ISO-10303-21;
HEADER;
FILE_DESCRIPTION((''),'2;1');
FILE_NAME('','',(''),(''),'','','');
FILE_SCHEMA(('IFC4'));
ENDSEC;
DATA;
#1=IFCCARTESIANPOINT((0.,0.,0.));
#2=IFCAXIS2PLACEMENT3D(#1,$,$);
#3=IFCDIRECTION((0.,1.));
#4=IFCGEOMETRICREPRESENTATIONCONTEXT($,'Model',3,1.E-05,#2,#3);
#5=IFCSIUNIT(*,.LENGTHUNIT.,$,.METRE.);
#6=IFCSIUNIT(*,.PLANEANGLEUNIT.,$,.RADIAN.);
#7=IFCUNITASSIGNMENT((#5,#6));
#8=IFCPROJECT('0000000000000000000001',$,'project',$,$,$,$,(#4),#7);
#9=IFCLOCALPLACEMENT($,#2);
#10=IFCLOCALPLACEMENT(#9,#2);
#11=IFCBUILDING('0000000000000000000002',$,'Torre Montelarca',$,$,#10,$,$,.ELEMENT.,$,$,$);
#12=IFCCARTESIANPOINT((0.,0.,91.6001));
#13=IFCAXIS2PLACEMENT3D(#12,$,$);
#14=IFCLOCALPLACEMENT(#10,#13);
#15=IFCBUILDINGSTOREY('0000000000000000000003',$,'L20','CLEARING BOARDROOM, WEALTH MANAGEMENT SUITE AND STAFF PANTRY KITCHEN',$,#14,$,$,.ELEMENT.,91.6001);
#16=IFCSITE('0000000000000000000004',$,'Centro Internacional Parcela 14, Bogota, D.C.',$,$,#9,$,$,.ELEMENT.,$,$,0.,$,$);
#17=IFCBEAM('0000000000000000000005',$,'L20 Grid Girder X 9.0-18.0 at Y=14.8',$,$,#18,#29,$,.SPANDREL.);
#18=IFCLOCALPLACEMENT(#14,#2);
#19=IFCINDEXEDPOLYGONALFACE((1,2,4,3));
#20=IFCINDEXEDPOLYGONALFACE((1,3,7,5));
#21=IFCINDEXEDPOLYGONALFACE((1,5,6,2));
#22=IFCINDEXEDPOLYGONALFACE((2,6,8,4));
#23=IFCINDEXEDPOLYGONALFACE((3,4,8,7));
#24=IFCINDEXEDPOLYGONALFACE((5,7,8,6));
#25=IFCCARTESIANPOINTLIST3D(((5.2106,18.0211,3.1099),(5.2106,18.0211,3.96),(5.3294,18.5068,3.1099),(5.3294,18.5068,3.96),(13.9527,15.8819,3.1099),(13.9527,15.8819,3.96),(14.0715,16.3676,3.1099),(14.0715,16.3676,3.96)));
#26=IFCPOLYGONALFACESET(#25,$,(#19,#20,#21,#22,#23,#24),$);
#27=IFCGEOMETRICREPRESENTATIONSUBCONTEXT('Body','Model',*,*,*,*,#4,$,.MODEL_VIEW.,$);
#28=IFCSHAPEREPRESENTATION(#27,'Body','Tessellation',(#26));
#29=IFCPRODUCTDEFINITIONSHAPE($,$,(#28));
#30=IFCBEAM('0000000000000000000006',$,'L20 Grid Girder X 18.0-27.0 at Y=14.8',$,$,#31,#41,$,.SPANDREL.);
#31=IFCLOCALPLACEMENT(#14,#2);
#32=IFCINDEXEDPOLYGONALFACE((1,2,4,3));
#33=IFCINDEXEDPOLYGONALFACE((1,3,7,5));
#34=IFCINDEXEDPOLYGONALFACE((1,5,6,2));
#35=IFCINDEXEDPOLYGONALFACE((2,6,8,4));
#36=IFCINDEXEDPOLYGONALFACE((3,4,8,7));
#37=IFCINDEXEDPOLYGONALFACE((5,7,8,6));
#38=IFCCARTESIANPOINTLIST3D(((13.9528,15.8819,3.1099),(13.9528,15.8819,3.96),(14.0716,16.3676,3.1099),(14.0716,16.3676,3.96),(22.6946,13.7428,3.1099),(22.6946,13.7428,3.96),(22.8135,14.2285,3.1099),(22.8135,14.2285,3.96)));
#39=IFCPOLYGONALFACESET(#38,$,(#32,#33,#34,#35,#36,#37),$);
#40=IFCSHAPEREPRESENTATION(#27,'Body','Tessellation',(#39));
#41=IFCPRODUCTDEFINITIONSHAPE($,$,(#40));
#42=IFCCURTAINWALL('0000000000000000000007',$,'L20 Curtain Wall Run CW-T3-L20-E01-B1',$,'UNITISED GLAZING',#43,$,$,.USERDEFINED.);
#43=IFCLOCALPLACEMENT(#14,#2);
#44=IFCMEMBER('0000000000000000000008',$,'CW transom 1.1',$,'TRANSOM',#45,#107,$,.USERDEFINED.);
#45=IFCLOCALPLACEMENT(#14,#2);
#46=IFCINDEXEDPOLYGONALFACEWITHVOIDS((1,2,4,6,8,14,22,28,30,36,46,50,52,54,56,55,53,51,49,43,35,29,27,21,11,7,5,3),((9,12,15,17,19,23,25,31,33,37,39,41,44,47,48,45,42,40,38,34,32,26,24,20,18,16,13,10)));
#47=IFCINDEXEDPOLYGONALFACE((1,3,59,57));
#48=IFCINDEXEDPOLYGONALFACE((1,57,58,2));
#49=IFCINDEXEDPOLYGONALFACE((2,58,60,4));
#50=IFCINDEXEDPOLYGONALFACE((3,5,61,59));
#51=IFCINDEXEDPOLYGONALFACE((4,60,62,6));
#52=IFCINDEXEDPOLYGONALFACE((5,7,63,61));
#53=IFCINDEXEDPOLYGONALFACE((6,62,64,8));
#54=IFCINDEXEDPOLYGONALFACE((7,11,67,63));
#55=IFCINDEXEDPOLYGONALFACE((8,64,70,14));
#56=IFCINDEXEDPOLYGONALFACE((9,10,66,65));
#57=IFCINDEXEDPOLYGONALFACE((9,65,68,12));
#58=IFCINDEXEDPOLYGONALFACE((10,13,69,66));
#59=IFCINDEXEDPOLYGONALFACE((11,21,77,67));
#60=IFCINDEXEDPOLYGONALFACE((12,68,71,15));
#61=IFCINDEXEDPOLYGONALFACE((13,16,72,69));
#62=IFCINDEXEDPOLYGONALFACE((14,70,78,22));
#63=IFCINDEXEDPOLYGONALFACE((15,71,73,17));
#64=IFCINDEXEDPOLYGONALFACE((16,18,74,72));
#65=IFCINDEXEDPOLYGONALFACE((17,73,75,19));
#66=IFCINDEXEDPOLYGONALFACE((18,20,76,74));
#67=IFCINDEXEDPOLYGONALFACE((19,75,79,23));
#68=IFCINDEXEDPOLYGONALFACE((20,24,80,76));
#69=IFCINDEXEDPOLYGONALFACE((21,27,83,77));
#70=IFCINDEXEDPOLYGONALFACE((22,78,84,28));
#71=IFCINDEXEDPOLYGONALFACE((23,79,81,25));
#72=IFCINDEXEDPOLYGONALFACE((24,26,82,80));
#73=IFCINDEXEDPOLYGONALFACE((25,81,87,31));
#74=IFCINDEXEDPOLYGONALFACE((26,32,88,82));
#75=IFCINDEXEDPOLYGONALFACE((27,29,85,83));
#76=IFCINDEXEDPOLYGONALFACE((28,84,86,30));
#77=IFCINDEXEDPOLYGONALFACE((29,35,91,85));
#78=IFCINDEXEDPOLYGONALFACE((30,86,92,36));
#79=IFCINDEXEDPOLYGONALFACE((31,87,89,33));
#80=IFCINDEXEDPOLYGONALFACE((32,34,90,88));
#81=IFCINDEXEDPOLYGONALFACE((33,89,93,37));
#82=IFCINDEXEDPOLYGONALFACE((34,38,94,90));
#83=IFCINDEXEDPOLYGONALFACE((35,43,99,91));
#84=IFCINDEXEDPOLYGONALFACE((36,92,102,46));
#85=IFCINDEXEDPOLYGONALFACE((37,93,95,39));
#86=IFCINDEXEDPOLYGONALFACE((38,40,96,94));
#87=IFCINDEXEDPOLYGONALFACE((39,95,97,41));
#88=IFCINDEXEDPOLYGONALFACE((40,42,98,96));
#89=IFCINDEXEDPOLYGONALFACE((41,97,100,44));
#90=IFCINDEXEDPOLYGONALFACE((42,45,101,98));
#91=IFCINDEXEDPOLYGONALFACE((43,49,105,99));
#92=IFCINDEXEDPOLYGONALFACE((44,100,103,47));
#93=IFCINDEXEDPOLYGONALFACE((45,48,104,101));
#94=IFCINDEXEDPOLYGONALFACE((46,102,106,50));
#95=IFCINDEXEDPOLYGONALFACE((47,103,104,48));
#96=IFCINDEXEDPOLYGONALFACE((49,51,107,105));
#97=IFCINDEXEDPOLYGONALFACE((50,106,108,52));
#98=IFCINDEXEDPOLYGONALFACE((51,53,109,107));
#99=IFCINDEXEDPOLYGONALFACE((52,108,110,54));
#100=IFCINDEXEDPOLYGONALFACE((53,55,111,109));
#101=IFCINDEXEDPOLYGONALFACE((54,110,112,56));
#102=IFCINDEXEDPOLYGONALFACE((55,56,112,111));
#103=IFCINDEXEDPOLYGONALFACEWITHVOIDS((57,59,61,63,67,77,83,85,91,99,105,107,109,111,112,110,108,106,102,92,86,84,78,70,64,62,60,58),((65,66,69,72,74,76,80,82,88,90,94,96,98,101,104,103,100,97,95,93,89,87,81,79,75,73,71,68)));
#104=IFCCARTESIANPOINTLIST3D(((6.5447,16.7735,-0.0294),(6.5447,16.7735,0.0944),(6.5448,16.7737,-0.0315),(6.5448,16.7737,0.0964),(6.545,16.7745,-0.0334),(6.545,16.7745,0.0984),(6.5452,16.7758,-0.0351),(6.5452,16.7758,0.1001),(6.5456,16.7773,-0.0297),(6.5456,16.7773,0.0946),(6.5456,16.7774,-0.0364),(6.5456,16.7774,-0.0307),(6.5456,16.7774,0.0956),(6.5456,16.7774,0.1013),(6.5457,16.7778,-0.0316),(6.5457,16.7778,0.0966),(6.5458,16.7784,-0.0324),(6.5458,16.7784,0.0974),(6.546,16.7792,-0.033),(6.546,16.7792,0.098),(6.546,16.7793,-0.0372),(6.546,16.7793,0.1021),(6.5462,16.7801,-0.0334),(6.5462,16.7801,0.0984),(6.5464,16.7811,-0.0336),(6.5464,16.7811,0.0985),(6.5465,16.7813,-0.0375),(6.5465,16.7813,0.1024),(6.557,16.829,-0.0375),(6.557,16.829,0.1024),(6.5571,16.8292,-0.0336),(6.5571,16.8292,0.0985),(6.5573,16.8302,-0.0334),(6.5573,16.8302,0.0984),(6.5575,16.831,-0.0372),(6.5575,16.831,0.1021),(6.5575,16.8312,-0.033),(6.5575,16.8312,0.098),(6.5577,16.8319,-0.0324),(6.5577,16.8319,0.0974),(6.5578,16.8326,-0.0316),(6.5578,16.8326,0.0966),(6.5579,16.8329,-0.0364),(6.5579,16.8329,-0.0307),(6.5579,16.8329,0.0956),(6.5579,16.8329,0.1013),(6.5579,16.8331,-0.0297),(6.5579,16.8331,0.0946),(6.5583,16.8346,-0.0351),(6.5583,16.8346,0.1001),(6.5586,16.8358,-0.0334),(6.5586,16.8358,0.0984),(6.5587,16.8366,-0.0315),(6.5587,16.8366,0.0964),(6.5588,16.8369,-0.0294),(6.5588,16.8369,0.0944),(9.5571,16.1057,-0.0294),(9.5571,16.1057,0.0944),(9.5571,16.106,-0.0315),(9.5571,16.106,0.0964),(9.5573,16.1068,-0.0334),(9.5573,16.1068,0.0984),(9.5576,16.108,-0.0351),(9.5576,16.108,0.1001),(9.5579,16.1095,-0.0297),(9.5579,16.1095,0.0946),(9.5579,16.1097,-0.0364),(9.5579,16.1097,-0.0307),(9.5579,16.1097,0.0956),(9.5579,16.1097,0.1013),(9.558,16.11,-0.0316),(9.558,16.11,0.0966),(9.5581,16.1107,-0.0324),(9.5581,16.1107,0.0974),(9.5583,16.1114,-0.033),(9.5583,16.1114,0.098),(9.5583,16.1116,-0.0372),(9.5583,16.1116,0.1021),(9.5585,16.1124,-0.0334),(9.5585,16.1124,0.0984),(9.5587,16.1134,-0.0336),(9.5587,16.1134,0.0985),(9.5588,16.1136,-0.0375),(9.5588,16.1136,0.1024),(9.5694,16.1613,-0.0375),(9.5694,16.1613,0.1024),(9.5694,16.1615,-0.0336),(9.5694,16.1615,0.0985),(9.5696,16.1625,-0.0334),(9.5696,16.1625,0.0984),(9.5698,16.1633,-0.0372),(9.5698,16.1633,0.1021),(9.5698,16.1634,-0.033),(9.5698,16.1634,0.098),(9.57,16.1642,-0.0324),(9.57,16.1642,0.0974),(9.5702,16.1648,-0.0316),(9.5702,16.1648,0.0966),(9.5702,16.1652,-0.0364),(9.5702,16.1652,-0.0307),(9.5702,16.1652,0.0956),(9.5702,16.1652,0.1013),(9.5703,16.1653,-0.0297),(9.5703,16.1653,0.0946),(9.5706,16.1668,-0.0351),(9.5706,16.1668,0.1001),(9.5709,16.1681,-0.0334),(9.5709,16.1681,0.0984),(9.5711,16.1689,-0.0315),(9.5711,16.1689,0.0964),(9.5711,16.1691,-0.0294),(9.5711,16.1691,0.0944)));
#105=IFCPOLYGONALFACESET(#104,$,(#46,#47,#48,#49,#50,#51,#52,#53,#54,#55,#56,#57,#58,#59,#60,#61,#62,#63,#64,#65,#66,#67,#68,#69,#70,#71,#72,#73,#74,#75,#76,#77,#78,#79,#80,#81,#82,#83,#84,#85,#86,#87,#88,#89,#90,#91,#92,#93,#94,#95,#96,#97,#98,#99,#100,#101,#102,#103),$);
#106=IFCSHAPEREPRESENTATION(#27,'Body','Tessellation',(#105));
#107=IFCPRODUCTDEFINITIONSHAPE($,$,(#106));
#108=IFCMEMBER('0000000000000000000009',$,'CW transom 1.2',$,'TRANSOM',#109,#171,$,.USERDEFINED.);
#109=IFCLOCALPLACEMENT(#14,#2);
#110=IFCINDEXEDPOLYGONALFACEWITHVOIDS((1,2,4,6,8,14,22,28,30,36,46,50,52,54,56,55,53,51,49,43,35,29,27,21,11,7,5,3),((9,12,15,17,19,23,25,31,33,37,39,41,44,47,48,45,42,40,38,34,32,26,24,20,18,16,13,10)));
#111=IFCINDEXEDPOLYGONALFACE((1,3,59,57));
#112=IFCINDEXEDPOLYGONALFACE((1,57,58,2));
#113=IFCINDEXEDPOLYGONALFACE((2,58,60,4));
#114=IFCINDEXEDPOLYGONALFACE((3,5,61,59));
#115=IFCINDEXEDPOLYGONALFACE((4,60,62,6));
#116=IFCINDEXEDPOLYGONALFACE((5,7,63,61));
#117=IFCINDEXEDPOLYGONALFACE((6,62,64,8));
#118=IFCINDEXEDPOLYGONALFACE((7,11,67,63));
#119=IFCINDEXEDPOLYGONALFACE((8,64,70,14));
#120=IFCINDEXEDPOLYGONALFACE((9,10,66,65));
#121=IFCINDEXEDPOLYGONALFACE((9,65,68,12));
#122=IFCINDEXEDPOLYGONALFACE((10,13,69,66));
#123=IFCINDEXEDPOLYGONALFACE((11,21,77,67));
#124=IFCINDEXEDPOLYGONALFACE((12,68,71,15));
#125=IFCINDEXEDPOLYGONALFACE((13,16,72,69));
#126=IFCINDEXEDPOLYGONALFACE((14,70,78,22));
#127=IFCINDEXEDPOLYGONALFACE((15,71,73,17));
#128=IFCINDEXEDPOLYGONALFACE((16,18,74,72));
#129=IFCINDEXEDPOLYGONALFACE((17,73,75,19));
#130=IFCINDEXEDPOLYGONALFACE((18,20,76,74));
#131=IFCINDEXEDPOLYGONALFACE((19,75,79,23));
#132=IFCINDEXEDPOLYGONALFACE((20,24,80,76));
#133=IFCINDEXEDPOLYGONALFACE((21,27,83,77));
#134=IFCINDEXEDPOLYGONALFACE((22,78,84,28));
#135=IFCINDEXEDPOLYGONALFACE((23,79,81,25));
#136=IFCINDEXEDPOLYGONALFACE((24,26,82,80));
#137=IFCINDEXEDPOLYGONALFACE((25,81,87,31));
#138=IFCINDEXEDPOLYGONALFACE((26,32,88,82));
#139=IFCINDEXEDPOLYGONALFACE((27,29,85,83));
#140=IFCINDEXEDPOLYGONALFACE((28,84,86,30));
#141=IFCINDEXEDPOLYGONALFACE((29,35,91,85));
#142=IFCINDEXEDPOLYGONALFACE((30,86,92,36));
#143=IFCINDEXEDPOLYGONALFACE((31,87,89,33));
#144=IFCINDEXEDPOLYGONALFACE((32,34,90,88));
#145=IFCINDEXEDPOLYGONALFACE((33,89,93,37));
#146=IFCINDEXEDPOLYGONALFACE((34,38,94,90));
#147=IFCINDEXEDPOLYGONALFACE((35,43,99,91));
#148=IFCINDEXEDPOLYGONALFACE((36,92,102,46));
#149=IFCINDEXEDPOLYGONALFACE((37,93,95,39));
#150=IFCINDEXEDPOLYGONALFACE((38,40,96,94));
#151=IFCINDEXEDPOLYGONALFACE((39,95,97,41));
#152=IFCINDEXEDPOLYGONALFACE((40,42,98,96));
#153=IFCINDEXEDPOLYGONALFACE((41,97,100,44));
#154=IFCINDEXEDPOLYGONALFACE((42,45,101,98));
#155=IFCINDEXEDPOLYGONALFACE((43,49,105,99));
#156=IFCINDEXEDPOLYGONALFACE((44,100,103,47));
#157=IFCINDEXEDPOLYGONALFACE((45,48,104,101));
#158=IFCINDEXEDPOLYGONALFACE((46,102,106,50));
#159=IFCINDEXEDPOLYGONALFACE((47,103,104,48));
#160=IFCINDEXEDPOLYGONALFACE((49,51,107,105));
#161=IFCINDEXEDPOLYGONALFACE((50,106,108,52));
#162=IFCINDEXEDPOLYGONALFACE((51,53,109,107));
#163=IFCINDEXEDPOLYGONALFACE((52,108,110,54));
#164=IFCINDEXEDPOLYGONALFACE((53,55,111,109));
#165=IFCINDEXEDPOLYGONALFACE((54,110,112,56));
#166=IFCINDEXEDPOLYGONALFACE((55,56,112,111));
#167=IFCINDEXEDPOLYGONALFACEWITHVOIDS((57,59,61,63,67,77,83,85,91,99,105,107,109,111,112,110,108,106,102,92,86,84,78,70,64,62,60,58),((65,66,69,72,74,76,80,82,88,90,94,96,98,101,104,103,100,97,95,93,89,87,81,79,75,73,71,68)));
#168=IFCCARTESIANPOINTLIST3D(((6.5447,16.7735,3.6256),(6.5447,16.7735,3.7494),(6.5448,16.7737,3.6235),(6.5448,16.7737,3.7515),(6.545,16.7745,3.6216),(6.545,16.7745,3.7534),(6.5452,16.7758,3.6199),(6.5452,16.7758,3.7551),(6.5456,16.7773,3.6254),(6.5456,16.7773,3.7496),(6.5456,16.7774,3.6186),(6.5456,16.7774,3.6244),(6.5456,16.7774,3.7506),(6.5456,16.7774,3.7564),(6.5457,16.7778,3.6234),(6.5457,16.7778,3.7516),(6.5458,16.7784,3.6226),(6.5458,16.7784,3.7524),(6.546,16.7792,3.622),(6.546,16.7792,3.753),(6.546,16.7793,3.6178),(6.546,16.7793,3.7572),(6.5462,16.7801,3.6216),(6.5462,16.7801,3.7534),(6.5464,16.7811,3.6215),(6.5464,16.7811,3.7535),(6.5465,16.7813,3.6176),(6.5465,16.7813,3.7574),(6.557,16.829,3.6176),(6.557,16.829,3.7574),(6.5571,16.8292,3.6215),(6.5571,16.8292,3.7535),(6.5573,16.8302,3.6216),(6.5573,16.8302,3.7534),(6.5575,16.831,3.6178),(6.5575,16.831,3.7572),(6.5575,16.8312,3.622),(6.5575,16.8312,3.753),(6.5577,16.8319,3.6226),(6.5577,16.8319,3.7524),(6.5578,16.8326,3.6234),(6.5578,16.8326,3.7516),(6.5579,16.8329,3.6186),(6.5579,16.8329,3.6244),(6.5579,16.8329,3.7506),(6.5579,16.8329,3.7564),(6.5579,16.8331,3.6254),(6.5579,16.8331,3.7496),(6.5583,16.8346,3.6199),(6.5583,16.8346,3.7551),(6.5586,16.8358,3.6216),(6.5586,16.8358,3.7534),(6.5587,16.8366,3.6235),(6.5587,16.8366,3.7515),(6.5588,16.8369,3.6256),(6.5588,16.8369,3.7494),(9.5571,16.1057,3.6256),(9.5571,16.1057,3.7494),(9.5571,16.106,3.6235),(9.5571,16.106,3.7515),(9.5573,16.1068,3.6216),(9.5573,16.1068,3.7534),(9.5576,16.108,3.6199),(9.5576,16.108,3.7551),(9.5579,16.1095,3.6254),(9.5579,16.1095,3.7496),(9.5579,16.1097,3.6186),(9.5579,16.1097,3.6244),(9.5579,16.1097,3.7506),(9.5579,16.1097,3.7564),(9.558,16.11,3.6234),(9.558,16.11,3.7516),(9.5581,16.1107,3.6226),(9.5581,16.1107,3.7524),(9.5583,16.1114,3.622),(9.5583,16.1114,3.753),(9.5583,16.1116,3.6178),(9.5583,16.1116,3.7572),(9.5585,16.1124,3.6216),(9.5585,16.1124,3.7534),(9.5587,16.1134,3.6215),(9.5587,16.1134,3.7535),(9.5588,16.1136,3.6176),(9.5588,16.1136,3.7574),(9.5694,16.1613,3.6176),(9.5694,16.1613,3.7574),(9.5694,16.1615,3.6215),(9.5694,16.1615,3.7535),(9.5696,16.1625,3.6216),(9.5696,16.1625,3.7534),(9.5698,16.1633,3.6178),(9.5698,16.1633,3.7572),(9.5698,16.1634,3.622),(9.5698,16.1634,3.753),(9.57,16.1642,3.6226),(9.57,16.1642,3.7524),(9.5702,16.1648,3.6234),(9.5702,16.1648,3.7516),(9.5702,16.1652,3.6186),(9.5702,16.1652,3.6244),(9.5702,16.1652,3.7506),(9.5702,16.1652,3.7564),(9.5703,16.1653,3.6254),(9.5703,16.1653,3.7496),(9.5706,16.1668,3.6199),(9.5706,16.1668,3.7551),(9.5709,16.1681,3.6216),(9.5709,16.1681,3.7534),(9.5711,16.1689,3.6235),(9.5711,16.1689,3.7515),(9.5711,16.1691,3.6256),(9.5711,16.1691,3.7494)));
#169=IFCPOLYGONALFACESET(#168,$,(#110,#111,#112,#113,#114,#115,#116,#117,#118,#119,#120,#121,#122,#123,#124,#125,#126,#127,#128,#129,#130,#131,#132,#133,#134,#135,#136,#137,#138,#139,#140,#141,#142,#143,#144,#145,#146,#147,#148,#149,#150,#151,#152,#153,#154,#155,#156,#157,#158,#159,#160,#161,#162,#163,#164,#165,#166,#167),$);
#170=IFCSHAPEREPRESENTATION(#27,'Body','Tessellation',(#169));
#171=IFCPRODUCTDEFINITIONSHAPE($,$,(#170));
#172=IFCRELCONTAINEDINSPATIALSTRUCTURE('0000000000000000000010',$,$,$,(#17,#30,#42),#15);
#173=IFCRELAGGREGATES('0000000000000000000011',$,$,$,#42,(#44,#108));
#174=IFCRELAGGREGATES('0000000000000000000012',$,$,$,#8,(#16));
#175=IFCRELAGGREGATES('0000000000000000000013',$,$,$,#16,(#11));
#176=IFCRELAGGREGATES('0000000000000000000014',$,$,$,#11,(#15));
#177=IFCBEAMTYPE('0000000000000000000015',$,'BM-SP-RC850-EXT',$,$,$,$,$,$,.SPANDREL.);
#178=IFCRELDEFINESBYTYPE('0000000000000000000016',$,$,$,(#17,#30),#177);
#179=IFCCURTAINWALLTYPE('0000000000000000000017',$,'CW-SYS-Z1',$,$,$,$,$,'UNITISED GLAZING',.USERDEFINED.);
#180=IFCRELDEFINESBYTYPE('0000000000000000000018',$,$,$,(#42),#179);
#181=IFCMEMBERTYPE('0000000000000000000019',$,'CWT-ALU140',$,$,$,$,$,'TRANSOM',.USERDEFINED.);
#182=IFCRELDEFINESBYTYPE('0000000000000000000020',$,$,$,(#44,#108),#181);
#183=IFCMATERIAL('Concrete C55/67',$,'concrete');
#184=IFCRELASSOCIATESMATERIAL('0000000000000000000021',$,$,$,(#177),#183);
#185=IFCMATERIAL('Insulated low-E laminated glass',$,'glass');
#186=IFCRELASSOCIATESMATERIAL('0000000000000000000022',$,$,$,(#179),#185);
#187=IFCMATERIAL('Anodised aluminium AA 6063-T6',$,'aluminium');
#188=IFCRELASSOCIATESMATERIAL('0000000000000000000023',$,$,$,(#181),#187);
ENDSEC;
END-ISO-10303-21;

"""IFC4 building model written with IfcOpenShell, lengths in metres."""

from ifc_helpers import new_model, si_unit, direction, frame, origin, origin_2d, place, context, subcontext, project, spatial, rectangle, hollow_rectangle, extrude, source, transform, mapped, material, material_profile, profile_set, type_object, element, aggregate, save


model = new_model("IFC4")

# Units and contexts
model_context = context("Model", 3, precision=1e-05, world=origin(), true_north=direction((0.0, 1.0)))
body_context = subcontext(model_context, "Body", "Model", "MODEL_VIEW")
ifc_project = project(units=[si_unit("LENGTHUNIT", "METRE"), si_unit("PLANEANGLEUNIT", "RADIAN")], contexts=[model_context])

# Site, building, storey
site_placement = place(None, origin())
site = spatial("IfcSite", under=ifc_project, at=site_placement, Name="Centro Internacional Parcela 14, Bogota, D.C.", CompositionType="ELEMENT", RefElevation=0.0)
building_placement = place(site_placement, origin())
building = spatial("IfcBuilding", under=site, at=building_placement, Name="Torre Montelarca", CompositionType="ELEMENT")
storey_placement = place(building_placement, frame((0.0, 0.0, 91.6001)))
storey = spatial("IfcBuildingStorey", under=building, at=storey_placement, Name="L20", Description="CLEARING BOARDROOM, WEALTH MANAGEMENT SUITE AND STAFF PANTRY KITCHEN", CompositionType="ELEMENT", Elevation=91.6001)

# Beams
ifc_material_1 = material(Name="Concrete C55/67", Category="concrete")
ifc_material_profile_1 = material_profile(ifc_material_1, rectangle(XDim=0.5, YDim=0.8501, at=origin_2d()), Name="RCB500X850", Category="concrete")
ifc_profile_set_1 = profile_set([ifc_material_profile_1], Name="Concrete C55/67")
beam_type = type_object("IfcBeamType", Name="BM-SP-RC850-EXT", PredefinedType="SPANDREL", material=ifc_profile_set_1)
shared_shape_1 = source(origin(), body_context, "Body", "SweptSolid", [
    extrude(rectangle(XDim=0.5, YDim=0.8501, at=origin_2d()), origin(), (0.0, 0.0, 1.0), 9.0),
])
beam_1_placement = place(storey_placement, frame((5.27, 18.2639, 3.5349), z_axis=(0.971343, -0.237682, 0.0), x_axis=(0.237682, 0.971343, 0.0)))
element("IfcBeam", 1, at=beam_1_placement, inside=storey, type_object=beam_type, Name="L20 Grid Girder X 9.0-18.0 at Y=14.8", PredefinedType="SPANDREL", context=body_context, shape_type="MappedRepresentation", body=[
    mapped(shared_shape_1, transform((0.0, 0.0, 0.0), scale=1.0)),
])
shared_shape_2 = source(origin(), body_context, "Body", "SweptSolid", [
    extrude(rectangle(XDim=0.5, YDim=0.8501, at=origin_2d()), origin(), (0.0, 0.0, 1.0), 8.9998),
])
beam_2_placement = place(storey_placement, frame((14.0122, 16.1248, 3.5349), z_axis=(0.971342, -0.237688, 0.0), x_axis=(0.237688, 0.971342, 0.0)))
element("IfcBeam", 2, at=beam_2_placement, inside=storey, type_object=beam_type, Name="L20 Grid Girder X 18.0-27.0 at Y=14.8", PredefinedType="SPANDREL", context=body_context, shape_type="MappedRepresentation", body=[
    mapped(shared_shape_2, transform((0.0, 0.0, 0.0), scale=1.0)),
])

# Curtain wall, members
ifc_material_2 = material(Name="Insulated low-E laminated glass", Category="glass")
curtain_wall_type = type_object("IfcCurtainWallType", Name="CW-SYS-Z1", ElementType="UNITISED GLAZING", PredefinedType="USERDEFINED", material=ifc_material_2)
curtain_wall_1_placement = place(storey_placement, origin())
curtain_wall_1 = element("IfcCurtainWall", 3, at=curtain_wall_1_placement, inside=storey, type_object=curtain_wall_type, Name="L20 Curtain Wall Run CW-T3-L20-E01-B1", ObjectType="UNITISED GLAZING", PredefinedType="USERDEFINED")
ifc_material_3 = material(Name="Anodised aluminium AA 6063-T6", Category="aluminium")
ifc_material_profile_2 = material_profile(ifc_material_3, hollow_rectangle(XDim=0.0649, YDim=0.1399, WallThickness=0.0039, InnerFilletRadius=0.0039, OuterFilletRadius=0.0081, at=origin_2d()), Name="ALU65X140X4", Category="aluminium")
ifc_profile_set_2 = profile_set([ifc_material_profile_2], Name="Anodised aluminium AA 6063-T6")
member_type_1 = type_object("IfcMemberType", Name="CWT-ALU140", ElementType="TRANSOM", PredefinedType="USERDEFINED", material=ifc_profile_set_2)
shared_shape_3 = source(origin(), body_context, "Body", "SweptSolid", [
    extrude(hollow_rectangle(XDim=0.0649, YDim=0.1399, WallThickness=0.0039, InnerFilletRadius=0.0039, OuterFilletRadius=0.0081, at=origin_2d()), origin(), (0.0, 0.0, 1.0), 3.0854),
])
member_1_placement = place(storey_placement, frame((6.5518, 16.8052, 0.0325), z_axis=(0.976301, -0.216419, 0.0), x_axis=(0.216419, 0.976301, 0.0)))
member_1 = element("IfcMember", 4, at=member_1_placement, type_object=member_type_1, Name="CW transom 1.1", ObjectType="TRANSOM", PredefinedType="USERDEFINED", context=body_context, shape_type="MappedRepresentation", body=[
    mapped(shared_shape_3, transform((0.0, 0.0, 0.0), scale=1.0)),
])
member_2_placement = place(storey_placement, frame((6.5518, 16.8052, 3.6875), z_axis=(0.976301, -0.216419, 0.0), x_axis=(0.216419, 0.976301, 0.0)))
member_2 = element("IfcMember", 5, at=member_2_placement, type_object=member_type_1, Name="CW transom 1.2", ObjectType="TRANSOM", PredefinedType="USERDEFINED", context=body_context, shape_type="MappedRepresentation", body=[
    mapped(shared_shape_3, transform((0.0, 0.0, 0.0), scale=1.0)),
])

aggregate(curtain_wall_1, [member_1, member_2])

save(model, "model.ifc")
